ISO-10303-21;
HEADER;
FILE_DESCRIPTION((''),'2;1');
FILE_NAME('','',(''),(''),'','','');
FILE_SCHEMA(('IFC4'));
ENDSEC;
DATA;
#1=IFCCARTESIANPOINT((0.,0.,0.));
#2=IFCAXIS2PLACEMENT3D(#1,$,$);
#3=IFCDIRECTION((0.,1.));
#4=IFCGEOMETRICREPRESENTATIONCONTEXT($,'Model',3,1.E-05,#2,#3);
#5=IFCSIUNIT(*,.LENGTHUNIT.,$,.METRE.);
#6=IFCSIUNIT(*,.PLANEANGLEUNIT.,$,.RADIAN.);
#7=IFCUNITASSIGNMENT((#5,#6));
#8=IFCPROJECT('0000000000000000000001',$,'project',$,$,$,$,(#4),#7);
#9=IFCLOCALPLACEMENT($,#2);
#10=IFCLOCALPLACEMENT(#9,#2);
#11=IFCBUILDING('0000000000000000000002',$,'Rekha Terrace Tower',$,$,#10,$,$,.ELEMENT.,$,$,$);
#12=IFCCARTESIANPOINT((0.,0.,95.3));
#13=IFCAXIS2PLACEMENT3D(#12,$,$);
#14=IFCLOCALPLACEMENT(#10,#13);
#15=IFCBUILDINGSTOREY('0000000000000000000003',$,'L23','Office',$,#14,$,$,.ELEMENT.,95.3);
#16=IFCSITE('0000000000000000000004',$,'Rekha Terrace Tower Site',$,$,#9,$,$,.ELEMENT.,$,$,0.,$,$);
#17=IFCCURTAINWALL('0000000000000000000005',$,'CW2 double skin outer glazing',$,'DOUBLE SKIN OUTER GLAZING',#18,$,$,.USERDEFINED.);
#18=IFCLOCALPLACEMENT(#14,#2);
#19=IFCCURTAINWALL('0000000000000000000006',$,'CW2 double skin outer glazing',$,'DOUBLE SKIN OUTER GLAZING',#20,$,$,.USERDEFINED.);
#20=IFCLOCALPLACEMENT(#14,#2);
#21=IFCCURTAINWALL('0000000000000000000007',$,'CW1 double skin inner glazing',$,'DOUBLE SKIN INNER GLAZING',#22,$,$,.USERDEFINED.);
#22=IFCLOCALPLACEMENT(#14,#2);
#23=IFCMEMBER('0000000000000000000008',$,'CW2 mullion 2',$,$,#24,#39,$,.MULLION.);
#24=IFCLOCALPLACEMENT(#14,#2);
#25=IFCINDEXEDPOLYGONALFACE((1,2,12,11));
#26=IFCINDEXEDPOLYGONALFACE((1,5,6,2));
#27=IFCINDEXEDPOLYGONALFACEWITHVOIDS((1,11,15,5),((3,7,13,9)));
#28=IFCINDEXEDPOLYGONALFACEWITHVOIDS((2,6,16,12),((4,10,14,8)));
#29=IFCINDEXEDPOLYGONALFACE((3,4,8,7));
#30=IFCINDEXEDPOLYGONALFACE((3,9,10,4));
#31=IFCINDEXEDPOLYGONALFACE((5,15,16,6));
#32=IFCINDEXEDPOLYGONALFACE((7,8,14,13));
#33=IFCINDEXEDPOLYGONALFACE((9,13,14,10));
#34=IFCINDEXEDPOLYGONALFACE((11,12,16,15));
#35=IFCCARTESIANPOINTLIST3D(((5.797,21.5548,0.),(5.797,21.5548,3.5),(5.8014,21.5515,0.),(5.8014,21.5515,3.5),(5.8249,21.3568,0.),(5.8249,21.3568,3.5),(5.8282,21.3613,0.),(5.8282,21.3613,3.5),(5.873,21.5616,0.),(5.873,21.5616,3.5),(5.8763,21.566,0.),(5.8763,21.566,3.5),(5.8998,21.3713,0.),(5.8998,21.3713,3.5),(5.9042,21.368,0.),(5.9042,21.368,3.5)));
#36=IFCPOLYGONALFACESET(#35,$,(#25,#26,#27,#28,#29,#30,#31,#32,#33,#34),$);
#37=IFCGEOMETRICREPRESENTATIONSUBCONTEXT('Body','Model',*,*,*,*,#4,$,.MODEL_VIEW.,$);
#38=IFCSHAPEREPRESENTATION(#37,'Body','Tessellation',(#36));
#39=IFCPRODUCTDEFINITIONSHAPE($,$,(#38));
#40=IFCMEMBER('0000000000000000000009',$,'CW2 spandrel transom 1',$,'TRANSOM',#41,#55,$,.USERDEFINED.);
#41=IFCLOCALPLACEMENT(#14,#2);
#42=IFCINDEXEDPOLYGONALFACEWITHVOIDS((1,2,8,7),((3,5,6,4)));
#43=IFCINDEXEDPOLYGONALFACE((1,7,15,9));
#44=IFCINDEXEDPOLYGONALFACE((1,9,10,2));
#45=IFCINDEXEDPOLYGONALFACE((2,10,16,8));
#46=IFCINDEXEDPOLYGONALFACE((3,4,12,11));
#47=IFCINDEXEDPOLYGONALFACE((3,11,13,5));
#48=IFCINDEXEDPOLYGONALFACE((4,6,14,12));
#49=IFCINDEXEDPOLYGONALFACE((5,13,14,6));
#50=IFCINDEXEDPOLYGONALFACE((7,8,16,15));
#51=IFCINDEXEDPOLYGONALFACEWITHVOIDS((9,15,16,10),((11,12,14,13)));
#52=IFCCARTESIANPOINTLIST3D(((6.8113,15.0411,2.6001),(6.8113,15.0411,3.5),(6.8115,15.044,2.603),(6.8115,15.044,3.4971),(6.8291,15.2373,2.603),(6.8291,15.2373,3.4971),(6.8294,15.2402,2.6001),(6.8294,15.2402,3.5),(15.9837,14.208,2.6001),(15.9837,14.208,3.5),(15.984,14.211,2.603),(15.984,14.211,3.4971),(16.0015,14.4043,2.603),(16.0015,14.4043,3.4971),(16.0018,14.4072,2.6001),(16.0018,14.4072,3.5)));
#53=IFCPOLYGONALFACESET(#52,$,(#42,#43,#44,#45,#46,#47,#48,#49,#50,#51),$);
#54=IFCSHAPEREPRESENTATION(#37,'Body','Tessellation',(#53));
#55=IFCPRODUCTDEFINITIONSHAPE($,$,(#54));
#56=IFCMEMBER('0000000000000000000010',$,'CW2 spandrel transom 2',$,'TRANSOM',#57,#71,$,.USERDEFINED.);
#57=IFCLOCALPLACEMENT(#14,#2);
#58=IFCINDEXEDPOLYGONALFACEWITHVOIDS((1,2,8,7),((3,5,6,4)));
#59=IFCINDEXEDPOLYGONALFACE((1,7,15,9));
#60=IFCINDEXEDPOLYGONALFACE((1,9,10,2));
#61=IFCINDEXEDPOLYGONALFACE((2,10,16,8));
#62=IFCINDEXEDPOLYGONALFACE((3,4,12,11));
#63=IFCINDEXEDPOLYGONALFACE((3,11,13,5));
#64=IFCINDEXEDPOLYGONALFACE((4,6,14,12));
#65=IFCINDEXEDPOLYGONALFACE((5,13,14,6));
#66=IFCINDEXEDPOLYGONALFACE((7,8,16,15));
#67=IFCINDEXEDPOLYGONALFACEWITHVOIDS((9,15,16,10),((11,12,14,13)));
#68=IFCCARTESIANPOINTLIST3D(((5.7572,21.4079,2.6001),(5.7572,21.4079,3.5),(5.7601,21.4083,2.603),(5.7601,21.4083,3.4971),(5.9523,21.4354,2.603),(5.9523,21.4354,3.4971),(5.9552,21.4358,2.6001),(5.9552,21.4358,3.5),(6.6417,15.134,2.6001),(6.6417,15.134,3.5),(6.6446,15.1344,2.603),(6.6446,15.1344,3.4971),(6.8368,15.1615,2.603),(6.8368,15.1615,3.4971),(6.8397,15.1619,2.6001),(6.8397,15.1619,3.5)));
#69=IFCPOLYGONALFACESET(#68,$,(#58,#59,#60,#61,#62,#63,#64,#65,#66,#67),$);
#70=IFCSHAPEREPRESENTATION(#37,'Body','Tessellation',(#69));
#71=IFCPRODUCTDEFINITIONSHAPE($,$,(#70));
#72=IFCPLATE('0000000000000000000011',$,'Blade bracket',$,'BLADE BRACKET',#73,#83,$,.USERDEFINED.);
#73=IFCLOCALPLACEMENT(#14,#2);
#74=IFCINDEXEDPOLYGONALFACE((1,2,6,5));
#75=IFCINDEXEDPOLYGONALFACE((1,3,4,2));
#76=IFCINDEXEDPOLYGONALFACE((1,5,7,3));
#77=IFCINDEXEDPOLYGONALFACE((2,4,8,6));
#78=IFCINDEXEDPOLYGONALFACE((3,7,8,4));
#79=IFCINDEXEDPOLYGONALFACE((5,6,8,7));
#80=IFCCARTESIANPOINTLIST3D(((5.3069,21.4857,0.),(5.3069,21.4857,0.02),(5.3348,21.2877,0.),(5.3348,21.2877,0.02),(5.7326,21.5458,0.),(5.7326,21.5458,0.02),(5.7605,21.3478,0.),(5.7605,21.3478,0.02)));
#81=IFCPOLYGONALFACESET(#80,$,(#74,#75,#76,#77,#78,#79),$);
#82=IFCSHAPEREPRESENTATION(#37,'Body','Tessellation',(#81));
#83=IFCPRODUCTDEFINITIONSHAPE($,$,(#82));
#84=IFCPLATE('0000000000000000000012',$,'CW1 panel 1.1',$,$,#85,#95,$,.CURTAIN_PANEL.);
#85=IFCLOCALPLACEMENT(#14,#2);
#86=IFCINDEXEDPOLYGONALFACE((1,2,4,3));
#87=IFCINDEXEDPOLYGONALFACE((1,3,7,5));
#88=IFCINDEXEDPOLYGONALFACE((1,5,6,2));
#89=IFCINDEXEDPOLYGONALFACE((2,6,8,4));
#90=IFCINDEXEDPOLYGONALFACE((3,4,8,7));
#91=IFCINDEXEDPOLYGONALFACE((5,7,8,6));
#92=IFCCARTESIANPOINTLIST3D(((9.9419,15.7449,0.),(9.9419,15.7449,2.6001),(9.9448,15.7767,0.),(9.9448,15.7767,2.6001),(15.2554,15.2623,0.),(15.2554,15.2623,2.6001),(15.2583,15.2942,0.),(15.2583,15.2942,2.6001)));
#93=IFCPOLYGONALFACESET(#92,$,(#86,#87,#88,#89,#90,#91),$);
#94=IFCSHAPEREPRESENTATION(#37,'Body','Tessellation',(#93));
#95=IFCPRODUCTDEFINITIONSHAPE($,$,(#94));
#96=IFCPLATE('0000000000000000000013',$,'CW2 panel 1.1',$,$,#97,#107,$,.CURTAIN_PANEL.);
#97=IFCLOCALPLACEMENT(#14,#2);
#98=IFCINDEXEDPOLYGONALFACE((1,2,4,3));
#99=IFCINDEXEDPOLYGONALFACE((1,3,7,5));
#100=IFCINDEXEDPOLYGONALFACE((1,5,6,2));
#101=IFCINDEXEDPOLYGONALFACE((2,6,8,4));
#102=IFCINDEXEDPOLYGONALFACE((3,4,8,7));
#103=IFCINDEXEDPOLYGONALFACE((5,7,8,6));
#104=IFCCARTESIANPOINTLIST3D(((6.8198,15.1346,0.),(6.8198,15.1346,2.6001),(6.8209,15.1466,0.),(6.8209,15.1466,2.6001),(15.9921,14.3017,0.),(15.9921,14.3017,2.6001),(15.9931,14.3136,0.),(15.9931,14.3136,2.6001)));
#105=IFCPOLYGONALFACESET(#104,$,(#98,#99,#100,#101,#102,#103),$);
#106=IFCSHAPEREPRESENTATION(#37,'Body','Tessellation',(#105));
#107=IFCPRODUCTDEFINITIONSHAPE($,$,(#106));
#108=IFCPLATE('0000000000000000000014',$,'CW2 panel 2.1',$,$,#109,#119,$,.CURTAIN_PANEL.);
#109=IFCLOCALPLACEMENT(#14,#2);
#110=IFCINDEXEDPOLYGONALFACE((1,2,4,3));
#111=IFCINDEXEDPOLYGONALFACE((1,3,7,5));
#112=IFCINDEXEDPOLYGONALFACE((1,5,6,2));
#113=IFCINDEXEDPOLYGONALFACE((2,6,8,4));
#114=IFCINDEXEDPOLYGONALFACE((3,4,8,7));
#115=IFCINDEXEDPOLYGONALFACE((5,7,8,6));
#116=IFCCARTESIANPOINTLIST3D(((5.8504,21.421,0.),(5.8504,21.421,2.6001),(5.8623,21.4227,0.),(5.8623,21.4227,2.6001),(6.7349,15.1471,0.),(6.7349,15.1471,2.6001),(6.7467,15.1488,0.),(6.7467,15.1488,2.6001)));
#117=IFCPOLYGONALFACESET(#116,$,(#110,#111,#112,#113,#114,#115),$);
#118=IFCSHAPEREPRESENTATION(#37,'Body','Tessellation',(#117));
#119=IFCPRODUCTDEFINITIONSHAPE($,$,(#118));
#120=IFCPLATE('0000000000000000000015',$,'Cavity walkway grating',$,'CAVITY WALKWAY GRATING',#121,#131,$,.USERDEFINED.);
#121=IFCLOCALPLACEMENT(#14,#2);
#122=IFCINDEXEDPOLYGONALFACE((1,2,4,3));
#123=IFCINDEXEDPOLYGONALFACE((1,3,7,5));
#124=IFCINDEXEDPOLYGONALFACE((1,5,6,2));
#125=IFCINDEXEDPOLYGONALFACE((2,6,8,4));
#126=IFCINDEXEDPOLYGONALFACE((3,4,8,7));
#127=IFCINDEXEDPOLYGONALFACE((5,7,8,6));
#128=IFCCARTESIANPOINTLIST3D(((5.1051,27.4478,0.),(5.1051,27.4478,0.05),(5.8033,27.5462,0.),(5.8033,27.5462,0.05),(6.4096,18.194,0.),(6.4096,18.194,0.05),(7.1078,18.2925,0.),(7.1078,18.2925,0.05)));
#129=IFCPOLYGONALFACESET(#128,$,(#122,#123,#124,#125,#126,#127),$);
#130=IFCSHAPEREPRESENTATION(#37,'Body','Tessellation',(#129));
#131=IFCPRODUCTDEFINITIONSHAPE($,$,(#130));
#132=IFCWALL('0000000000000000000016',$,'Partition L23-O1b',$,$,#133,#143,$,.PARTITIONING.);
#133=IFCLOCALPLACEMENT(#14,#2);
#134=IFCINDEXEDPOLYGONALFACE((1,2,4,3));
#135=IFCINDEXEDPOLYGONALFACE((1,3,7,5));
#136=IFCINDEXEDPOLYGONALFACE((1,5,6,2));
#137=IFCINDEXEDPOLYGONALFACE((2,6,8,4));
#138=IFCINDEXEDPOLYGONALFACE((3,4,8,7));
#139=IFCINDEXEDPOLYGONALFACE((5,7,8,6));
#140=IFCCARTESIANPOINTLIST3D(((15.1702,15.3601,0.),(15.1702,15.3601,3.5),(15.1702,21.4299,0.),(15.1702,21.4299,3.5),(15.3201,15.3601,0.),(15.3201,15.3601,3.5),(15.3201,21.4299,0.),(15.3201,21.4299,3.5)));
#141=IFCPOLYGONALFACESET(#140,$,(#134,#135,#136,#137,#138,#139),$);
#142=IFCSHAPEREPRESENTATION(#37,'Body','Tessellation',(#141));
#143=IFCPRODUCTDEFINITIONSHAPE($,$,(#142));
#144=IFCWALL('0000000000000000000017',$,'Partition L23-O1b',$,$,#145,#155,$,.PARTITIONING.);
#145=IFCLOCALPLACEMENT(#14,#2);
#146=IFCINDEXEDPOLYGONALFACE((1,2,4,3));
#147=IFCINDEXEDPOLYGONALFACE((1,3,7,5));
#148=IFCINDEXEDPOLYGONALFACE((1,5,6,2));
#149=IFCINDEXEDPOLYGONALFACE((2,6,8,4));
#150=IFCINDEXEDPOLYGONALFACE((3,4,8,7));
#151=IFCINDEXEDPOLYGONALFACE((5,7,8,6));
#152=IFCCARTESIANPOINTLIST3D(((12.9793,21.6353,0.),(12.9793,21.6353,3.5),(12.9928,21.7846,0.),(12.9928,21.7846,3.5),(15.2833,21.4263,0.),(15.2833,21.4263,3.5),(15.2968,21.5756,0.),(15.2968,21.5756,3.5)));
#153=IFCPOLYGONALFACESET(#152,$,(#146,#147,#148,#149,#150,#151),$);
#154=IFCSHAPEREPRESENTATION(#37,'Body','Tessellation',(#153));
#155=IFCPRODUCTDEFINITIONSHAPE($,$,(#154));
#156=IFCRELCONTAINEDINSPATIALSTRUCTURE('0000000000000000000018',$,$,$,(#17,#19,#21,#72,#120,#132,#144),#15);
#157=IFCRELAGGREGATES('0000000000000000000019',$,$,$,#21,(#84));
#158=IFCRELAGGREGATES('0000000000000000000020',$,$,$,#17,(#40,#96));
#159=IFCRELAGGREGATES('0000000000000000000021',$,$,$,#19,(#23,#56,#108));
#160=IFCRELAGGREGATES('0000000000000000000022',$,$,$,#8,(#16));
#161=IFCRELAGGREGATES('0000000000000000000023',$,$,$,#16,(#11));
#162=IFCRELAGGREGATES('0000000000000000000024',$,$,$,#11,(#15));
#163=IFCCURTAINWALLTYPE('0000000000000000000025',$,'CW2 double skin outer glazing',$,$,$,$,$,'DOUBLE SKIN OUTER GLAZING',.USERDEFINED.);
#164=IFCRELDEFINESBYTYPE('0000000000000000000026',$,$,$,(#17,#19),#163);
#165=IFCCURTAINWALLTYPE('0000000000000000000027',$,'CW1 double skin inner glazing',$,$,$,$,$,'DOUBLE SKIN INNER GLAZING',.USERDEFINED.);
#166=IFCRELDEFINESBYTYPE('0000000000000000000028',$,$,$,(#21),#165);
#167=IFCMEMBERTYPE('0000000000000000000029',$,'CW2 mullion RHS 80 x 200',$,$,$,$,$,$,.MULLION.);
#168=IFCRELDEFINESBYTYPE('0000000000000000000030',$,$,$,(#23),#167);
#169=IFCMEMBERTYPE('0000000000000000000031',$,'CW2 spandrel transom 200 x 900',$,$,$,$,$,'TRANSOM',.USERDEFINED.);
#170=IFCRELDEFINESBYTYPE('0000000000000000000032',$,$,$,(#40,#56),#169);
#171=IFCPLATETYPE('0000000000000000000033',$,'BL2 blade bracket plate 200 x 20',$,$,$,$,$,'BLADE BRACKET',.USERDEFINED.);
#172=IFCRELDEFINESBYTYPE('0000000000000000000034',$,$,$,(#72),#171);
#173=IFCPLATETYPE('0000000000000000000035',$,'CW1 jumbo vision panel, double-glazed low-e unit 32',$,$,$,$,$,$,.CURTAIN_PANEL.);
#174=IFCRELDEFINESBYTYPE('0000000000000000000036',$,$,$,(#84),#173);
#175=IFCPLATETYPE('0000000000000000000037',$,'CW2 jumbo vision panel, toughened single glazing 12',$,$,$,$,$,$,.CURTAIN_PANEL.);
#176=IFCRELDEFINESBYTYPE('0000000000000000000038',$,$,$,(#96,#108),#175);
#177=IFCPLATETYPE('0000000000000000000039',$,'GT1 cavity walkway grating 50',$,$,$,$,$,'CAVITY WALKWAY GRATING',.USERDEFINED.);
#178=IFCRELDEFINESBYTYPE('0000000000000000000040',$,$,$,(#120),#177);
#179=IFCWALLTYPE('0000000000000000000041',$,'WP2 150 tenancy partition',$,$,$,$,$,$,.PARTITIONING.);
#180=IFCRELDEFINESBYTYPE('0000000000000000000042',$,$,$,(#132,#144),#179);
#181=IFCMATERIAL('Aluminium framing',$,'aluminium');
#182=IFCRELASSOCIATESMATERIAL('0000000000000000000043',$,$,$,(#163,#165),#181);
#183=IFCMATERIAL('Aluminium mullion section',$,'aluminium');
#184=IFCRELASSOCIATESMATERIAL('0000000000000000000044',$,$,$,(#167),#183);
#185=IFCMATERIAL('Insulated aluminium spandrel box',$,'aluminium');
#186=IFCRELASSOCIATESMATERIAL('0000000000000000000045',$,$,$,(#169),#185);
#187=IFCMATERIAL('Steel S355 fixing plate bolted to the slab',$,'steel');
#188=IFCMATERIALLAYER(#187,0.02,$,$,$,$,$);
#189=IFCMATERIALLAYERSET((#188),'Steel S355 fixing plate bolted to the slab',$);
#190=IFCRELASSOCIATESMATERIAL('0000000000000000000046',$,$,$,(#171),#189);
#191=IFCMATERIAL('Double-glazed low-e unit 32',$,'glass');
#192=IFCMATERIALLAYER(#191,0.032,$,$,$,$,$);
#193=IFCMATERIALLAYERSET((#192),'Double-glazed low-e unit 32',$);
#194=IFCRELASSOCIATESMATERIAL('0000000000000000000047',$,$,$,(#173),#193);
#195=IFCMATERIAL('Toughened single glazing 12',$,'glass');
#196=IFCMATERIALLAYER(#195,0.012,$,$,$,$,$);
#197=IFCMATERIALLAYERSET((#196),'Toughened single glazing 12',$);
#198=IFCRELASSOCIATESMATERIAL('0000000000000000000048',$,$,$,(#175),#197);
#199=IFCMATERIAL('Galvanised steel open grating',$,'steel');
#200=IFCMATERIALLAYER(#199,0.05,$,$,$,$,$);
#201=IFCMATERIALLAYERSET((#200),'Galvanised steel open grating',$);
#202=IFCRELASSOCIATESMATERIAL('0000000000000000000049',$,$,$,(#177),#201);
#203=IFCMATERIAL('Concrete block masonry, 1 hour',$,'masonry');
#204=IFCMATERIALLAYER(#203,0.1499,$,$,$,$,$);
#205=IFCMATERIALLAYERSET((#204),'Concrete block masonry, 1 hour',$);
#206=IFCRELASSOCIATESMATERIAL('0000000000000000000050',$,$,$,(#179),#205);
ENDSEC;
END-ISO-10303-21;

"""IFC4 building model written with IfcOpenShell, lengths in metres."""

from ifc_helpers import new_model, si_unit, direction, frame, frame_2d, origin, origin_2d, place, context, subcontext, project, spatial, rectangle, hollow_rectangle, extrude, material, layer, layer_set, material_profile, profile_set, type_object, element, aggregate, save


model = new_model("IFC4")

# Units and contexts
model_context = context("Model", 3, precision=1e-05, world=origin(), true_north=direction((0.0, 1.0)))
body_context = subcontext(model_context, "Body", "Model", "MODEL_VIEW")
ifc_project = project(units=[si_unit("LENGTHUNIT", "METRE"), si_unit("PLANEANGLEUNIT", "RADIAN")], contexts=[model_context])

# Site, building, storey
site_placement = place(None, origin())
site = spatial("IfcSite", under=ifc_project, at=site_placement, Name="Rekha Terrace Tower Site", CompositionType="ELEMENT", RefElevation=0.0)
building_placement = place(site_placement, origin())
building = spatial("IfcBuilding", under=site, at=building_placement, Name="Rekha Terrace Tower", CompositionType="ELEMENT")
storey_placement = place(building_placement, frame((0.0, 0.0, 95.3)))
storey = spatial("IfcBuildingStorey", under=building, at=storey_placement, Name="L23", Description="Office", CompositionType="ELEMENT", Elevation=95.3)

# Curtain walls
ifc_material_1 = material(Name="Aluminium framing", Category="aluminium")
curtain_wall_type_1 = type_object("IfcCurtainWallType", Name="CW2 double skin outer glazing", ElementType="DOUBLE SKIN OUTER GLAZING", PredefinedType="USERDEFINED", material=ifc_material_1)
curtain_wall_1_placement = place(storey_placement, origin())
curtain_wall_1 = element("IfcCurtainWall", 1, at=curtain_wall_1_placement, inside=storey, type_object=curtain_wall_type_1, Name="CW2 double skin outer glazing", ObjectType="DOUBLE SKIN OUTER GLAZING", PredefinedType="USERDEFINED")
curtain_wall_2_placement = place(storey_placement, origin())
curtain_wall_2 = element("IfcCurtainWall", 2, at=curtain_wall_2_placement, inside=storey, type_object=curtain_wall_type_1, Name="CW2 double skin outer glazing", ObjectType="DOUBLE SKIN OUTER GLAZING", PredefinedType="USERDEFINED")

# Curtain wall
curtain_wall_type_2 = type_object("IfcCurtainWallType", Name="CW1 double skin inner glazing", ElementType="DOUBLE SKIN INNER GLAZING", PredefinedType="USERDEFINED", material=ifc_material_1)
curtain_wall_3_placement = place(storey_placement, origin())
curtain_wall_3 = element("IfcCurtainWall", 3, at=curtain_wall_3_placement, inside=storey, type_object=curtain_wall_type_2, Name="CW1 double skin inner glazing", ObjectType="DOUBLE SKIN INNER GLAZING", PredefinedType="USERDEFINED")
ifc_material_2 = material(Name="Aluminium mullion section", Category="aluminium")

# Members
ifc_material_3 = material(Name="Insulated aluminium spandrel box", Category="aluminium")
ifc_material_profile_1 = material_profile(ifc_material_2, hollow_rectangle(XDim=0.0801, YDim=0.2, WallThickness=0.0039, at=origin_2d()), Name="AL RHS 80x200")
ifc_profile_set_1 = profile_set([ifc_material_profile_1], Name="Aluminium mullion section")
member_type_1 = type_object("IfcMemberType", Name="CW2 mullion RHS 80 x 200", PredefinedType="MULLION", material=ifc_profile_set_1)
member_1_placement = place(storey_placement, frame((5.8506, 21.4614, 0.0), z_axis=(0.0, 0.0, 1.0), x_axis=(0.990208, 0.139597, 0.0)))
member_1 = element("IfcMember", 4, at=member_1_placement, type_object=member_type_1, Name="CW2 mullion 2", PredefinedType="MULLION", context=body_context, shape_type="SweptSolid", body=[
    extrude(hollow_rectangle(XDim=0.0801, YDim=0.2, WallThickness=0.0039, at=origin_2d()), origin(), (0.0, 0.0, 1.0), 3.5),
])
ifc_material_profile_2 = material_profile(ifc_material_3, hollow_rectangle(XDim=0.2, YDim=0.8999, WallThickness=0.0029, at=origin_2d()), Name="AL SPANDREL BOX 200x900")
ifc_profile_set_2 = profile_set([ifc_material_profile_2], Name="Insulated aluminium spandrel box")
member_type_2 = type_object("IfcMemberType", Name="CW2 spandrel transom 200 x 900", ElementType="TRANSOM", PredefinedType="USERDEFINED", material=ifc_profile_set_2)
member_2_placement = place(storey_placement, frame((6.8203, 15.1406, 3.05), z_axis=(0.995901, -0.090445, 0.0), x_axis=(0.090445, 0.995901, 0.0)))
member_2 = element("IfcMember", 5, at=member_2_placement, type_object=member_type_2, Name="CW2 spandrel transom 1", ObjectType="TRANSOM", PredefinedType="USERDEFINED", context=body_context, shape_type="SweptSolid", body=[
    extrude(hollow_rectangle(XDim=0.2, YDim=0.8999, WallThickness=0.0029, at=origin_2d()), origin(), (0.0, 0.0, 1.0), 9.2102),
])
member_3_placement = place(storey_placement, frame((5.8562, 21.4219, 3.05), z_axis=(0.139603, -0.990208, 0.0), x_axis=(0.990208, 0.139603, 0.0)))
member_3 = element("IfcMember", 6, at=member_3_placement, type_object=member_type_2, Name="CW2 spandrel transom 2", ObjectType="TRANSOM", PredefinedType="USERDEFINED", context=body_context, shape_type="SweptSolid", body=[
    extrude(hollow_rectangle(XDim=0.2, YDim=0.8999, WallThickness=0.0029, at=origin_2d()), origin(), (0.0, 0.0, 1.0), 6.3359),
])

# Plates
ifc_material_4 = material(Name="Steel S355 fixing plate bolted to the slab", Category="steel")
ifc_layer_1 = layer(ifc_material_4, 0.02)
ifc_layer_set_1 = layer_set([ifc_layer_1], Name="Steel S355 fixing plate bolted to the slab")
plate_type_1 = type_object("IfcPlateType", Name="BL2 blade bracket plate 200 x 20", ElementType="BLADE BRACKET", PredefinedType="USERDEFINED", material=ifc_layer_set_1)
plate_1_placement = place(storey_placement, frame((5.5337, 21.4167, 0.0), z_axis=(0.0, 0.0, 1.0), x_axis=(-0.990208, -0.139597, 0.0)))
element("IfcPlate", 7, at=plate_1_placement, inside=storey, type_object=plate_type_1, Name="Blade bracket", ObjectType="BLADE BRACKET", PredefinedType="USERDEFINED", context=body_context, shape_type="SweptSolid", body=[
    extrude(rectangle(XDim=0.4299, YDim=0.2, at=origin_2d()), origin(), (0.0, 0.0, 1.0), 0.02),
])
ifc_material_5 = material(Name="Double-glazed low-e unit 32", Category="glass")
ifc_layer_2 = layer(ifc_material_5, 0.032)
ifc_layer_set_2 = layer_set([ifc_layer_2], Name="Double-glazed low-e unit 32")
plate_type_2 = type_object("IfcPlateType", Name="CW1 jumbo vision panel, double-glazed low-e unit 32", PredefinedType="CURTAIN_PANEL", material=ifc_layer_set_2)
plate_2_placement = place(storey_placement, frame((12.6001, 15.5195, 0.0), z_axis=(0.0, 0.0, 1.0), x_axis=(0.995902, -0.09044, 0.0)))
plate_2 = element("IfcPlate", 8, at=plate_2_placement, type_object=plate_type_2, Name="CW1 panel 1.1", PredefinedType="CURTAIN_PANEL", context=body_context, shape_type="SweptSolid", body=[
    extrude(rectangle(XDim=5.3354, YDim=0.032, at=origin_2d()), origin(), (0.0, 0.0, 1.0), 2.6001),
])
aggregate(curtain_wall_3, [plate_2])
ifc_material_6 = material(Name="Toughened single glazing 12", Category="glass")
ifc_layer_3 = layer(ifc_material_6, 0.012)
ifc_layer_set_3 = layer_set([ifc_layer_3], Name="Toughened single glazing 12")
plate_type_3 = type_object("IfcPlateType", Name="CW2 jumbo vision panel, toughened single glazing 12", PredefinedType="CURTAIN_PANEL", material=ifc_layer_set_3)
plate_3_placement = place(storey_placement, frame((11.4065, 14.7241, 0.0), z_axis=(0.0, 0.0, 1.0), x_axis=(0.995902, -0.09044, 0.0)))
plate_3 = element("IfcPlate", 9, at=plate_3_placement, type_object=plate_type_3, Name="CW2 panel 1.1", PredefinedType="CURTAIN_PANEL", context=body_context, shape_type="SweptSolid", body=[
    extrude(rectangle(XDim=9.21, YDim=0.012, at=origin_2d()), origin(), (0.0, 0.0, 1.0), 2.6001),
])
aggregate(curtain_wall_1, [member_2, plate_3])
plate_4_placement = place(storey_placement, frame((6.2986, 18.2849, 0.0), z_axis=(0.0, 0.0, 1.0), x_axis=(0.139597, -0.990208, 0.0)))
plate_4 = element("IfcPlate", 10, at=plate_4_placement, type_object=plate_type_3, Name="CW2 panel 2.1", PredefinedType="CURTAIN_PANEL", context=body_context, shape_type="SweptSolid", body=[
    extrude(rectangle(XDim=6.3359, YDim=0.012, at=origin_2d()), origin(), (0.0, 0.0, 1.0), 2.6001),
])
aggregate(curtain_wall_2, [member_1, member_3, plate_4])
ifc_material_7 = material(Name="Galvanised steel open grating", Category="steel")
ifc_layer_4 = layer(ifc_material_7, 0.05)
ifc_layer_set_4 = layer_set([ifc_layer_4], Name="Galvanised steel open grating")
plate_type_4 = type_object("IfcPlateType", Name="GT1 cavity walkway grating 50", ElementType="CAVITY WALKWAY GRATING", PredefinedType="USERDEFINED", material=ifc_layer_set_4)
plate_5_placement = place(storey_placement, frame((6.1064, 22.8701, 0.0), z_axis=(0.0, 0.0, 1.0), x_axis=(0.139597, -0.990208, 0.0)))
element("IfcPlate", 11, at=plate_5_placement, inside=storey, type_object=plate_type_4, Name="Cavity walkway grating", ObjectType="CAVITY WALKWAY GRATING", PredefinedType="USERDEFINED", context=body_context, shape_type="SweptSolid", body=[
    extrude(rectangle(XDim=9.3452, YDim=0.7051, at=origin_2d()), origin(), (0.0, 0.0, 1.0), 0.05),
])

# Walls
ifc_material_8 = material(Name="Concrete block masonry, 1 hour", Category="masonry")
ifc_layer_5 = layer(ifc_material_8, 0.1499)
ifc_layer_set_5 = layer_set([ifc_layer_5], Name="Concrete block masonry, 1 hour")
wall_type = type_object("IfcWallType", Name="WP2 150 tenancy partition", PredefinedType="PARTITIONING", material=ifc_layer_set_5)
wall_1_placement = place(storey_placement, frame((15.2451, 21.4299, 0.0), z_axis=(0.0, 0.0, 1.0), x_axis=(0.0, -1.0, 0.0)))
element("IfcWall", 12, at=wall_1_placement, inside=storey, type_object=wall_type, Name="Partition L23-O1b", PredefinedType="PARTITIONING", context=body_context, shape_type="SweptSolid", body=[
    extrude(rectangle(XDim=6.0698, YDim=0.1499, at=frame_2d((3.0349, 0.0))), origin(), (0.0, 0.0, 1.0), 3.5),
])
wall_2_placement = place(storey_placement, frame((15.29, 21.501, 0.0), z_axis=(0.0, 0.0, 1.0), x_axis=(-0.995911, 0.090336, 0.0)))
element("IfcWall", 13, at=wall_2_placement, inside=storey, type_object=wall_type, Name="Partition L23-O1b", PredefinedType="PARTITIONING", context=body_context, shape_type="SweptSolid", body=[
    extrude(rectangle(XDim=2.3135, YDim=0.1499, at=frame_2d((1.1567, 0.0))), origin(), (0.0, 0.0, 1.0), 3.5),
])

save(model, "model.ifc")
